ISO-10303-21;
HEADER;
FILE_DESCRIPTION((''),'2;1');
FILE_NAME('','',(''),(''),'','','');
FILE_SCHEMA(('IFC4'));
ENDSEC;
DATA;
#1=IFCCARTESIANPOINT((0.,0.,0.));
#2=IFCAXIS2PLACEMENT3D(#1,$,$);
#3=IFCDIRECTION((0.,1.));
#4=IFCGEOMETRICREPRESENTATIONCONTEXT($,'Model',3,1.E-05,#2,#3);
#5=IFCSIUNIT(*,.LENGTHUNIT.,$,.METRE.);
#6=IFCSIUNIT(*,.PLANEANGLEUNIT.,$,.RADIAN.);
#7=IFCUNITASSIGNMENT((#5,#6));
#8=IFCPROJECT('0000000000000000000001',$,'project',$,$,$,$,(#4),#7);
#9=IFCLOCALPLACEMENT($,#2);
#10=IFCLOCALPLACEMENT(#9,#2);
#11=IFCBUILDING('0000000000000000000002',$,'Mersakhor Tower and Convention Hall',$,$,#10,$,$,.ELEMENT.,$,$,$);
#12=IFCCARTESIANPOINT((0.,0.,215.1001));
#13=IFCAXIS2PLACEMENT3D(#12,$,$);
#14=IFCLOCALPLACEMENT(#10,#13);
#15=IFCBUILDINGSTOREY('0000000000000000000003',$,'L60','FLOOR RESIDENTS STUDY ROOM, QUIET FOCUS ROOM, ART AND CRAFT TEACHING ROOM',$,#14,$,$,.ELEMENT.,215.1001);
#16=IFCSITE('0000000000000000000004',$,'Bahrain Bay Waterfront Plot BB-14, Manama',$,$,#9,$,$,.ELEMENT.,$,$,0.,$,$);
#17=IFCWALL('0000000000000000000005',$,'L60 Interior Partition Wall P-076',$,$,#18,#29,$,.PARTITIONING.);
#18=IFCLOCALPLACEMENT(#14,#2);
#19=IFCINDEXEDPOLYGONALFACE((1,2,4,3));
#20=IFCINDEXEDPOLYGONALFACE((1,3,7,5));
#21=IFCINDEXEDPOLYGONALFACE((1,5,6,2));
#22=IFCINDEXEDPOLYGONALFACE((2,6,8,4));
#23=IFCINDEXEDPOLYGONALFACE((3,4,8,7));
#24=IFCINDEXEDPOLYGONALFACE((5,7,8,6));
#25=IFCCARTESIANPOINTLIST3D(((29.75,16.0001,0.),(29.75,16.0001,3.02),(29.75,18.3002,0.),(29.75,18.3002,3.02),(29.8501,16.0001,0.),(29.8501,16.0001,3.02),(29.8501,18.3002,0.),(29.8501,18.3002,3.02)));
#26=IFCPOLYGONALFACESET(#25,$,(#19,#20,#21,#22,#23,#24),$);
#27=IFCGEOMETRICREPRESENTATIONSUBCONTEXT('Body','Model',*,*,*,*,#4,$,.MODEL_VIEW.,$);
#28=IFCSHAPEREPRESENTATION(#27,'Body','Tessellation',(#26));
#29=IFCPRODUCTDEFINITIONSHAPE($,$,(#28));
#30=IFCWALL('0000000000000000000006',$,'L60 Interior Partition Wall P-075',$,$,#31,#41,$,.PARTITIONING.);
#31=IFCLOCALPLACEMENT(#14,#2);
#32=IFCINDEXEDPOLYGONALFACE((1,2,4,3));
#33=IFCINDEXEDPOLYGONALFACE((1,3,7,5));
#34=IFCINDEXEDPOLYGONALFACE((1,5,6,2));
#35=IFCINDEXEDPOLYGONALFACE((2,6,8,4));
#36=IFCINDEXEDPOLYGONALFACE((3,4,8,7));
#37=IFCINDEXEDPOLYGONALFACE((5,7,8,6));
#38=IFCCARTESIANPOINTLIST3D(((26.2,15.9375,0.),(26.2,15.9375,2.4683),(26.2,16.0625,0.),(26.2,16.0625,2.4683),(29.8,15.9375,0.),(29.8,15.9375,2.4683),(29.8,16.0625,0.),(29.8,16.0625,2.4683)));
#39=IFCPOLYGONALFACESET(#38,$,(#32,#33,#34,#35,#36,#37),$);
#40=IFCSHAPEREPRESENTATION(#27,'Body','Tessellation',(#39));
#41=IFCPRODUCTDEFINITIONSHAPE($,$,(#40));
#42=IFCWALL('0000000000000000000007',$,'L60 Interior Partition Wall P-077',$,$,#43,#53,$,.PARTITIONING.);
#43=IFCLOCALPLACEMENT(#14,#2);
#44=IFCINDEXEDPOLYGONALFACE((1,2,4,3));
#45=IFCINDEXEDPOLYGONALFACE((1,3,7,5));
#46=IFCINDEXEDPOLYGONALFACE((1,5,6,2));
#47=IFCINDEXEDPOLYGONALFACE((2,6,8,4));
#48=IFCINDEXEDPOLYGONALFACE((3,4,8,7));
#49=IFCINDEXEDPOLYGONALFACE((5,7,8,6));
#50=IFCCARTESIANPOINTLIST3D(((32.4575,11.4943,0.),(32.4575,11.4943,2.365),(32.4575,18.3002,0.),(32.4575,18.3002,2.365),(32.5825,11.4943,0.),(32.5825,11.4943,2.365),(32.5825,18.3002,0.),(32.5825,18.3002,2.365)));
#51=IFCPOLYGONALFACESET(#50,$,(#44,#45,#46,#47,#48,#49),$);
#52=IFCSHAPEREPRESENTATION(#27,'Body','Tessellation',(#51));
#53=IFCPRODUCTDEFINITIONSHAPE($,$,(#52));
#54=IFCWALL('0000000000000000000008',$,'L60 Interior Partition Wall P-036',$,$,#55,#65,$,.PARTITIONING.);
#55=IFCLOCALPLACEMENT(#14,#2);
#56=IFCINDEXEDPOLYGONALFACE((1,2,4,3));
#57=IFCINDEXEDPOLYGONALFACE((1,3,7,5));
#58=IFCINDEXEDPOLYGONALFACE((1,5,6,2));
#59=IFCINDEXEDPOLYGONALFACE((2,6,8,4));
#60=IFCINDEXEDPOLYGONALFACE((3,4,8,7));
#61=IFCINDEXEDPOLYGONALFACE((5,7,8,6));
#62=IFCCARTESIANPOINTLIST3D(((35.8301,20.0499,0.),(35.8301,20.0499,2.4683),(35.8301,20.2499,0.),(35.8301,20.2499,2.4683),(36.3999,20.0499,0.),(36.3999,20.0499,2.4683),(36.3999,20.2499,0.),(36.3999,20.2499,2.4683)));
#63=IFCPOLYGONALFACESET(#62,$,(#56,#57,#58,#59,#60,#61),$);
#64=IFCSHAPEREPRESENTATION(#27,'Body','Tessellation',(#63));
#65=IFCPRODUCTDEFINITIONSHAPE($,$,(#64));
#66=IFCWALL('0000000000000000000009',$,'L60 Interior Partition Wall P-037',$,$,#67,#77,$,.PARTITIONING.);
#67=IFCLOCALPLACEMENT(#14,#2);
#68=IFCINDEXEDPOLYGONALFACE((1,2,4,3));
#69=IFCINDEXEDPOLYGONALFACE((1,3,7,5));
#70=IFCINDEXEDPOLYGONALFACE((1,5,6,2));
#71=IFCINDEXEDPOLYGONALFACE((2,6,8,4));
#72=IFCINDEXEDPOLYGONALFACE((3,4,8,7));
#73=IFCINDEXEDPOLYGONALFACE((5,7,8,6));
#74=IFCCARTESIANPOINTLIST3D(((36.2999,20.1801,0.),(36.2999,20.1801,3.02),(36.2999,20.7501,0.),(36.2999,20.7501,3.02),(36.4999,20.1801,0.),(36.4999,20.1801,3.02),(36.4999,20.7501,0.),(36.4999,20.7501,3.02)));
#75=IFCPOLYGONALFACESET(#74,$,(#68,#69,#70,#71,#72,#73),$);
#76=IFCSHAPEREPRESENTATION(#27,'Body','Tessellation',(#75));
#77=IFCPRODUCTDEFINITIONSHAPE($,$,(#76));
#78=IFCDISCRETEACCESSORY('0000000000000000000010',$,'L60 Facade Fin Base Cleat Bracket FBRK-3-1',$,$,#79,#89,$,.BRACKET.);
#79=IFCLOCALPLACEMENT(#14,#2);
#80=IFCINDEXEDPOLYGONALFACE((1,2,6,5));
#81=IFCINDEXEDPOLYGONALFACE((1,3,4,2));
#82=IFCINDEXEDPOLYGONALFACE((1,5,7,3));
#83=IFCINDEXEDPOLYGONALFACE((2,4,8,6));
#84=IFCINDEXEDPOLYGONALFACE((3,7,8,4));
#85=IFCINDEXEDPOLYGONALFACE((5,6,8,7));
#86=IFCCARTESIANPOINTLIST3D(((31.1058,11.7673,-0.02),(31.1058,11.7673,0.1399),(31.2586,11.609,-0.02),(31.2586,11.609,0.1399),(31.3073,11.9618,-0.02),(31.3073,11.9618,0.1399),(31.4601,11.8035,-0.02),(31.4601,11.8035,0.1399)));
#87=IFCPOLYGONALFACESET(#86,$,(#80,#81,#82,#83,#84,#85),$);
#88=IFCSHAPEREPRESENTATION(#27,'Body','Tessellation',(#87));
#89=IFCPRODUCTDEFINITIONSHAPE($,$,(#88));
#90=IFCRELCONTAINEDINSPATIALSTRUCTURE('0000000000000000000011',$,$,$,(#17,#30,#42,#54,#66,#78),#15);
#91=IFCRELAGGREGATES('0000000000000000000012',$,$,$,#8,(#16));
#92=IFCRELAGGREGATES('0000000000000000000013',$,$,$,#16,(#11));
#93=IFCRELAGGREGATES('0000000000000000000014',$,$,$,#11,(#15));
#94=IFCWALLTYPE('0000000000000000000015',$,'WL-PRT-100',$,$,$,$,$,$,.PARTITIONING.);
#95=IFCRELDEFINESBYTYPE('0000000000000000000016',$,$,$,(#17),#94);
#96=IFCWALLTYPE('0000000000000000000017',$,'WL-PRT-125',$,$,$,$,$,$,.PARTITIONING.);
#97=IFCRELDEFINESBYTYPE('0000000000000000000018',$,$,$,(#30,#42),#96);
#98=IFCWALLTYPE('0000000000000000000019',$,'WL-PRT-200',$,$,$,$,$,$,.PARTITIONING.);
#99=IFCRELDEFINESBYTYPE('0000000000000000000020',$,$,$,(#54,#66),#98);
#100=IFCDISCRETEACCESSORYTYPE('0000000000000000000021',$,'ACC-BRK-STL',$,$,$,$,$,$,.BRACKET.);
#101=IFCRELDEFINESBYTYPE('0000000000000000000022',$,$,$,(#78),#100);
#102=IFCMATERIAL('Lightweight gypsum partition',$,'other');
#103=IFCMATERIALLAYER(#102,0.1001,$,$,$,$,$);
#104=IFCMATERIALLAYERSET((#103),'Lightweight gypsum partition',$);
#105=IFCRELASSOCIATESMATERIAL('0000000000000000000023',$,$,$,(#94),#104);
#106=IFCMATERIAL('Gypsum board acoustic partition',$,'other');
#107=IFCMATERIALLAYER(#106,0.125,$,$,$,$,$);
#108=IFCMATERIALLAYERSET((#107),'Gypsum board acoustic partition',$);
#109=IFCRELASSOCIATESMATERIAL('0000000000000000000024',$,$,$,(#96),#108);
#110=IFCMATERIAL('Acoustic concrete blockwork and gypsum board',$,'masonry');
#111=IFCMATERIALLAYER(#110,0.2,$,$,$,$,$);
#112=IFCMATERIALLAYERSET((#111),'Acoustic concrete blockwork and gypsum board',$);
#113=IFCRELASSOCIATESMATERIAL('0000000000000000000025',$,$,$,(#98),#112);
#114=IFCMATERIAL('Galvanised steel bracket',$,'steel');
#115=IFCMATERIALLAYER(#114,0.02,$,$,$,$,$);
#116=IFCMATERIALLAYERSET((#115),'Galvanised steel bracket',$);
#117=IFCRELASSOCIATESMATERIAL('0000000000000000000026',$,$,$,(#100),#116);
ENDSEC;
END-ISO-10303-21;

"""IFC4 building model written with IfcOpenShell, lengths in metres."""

from ifc_helpers import new_model, si_unit, direction, frame, frame_2d, origin, origin_2d, place, context, subcontext, project, spatial, rectangle, extrude, material, layer, layer_set, type_object, element, save


model = new_model("IFC4")

# Units and contexts
model_context = context("Model", 3, precision=1e-05, world=origin(), true_north=direction((0.0, 1.0)))
body_context = subcontext(model_context, "Body", "Model", "MODEL_VIEW")
ifc_project = project(units=[si_unit("LENGTHUNIT", "METRE"), si_unit("PLANEANGLEUNIT", "RADIAN")], contexts=[model_context])

# Site, building, storey
site_placement = place(None, origin())
site = spatial("IfcSite", under=ifc_project, at=site_placement, Name="Bahrain Bay Waterfront Plot BB-14, Manama", CompositionType="ELEMENT", RefElevation=0.0)
building_placement = place(site_placement, origin())
building = spatial("IfcBuilding", under=site, at=building_placement, Name="Mersakhor Tower and Convention Hall", CompositionType="ELEMENT")
storey_placement = place(building_placement, frame((0.0, 0.0, 215.1001)))
storey = spatial("IfcBuildingStorey", under=building, at=storey_placement, Name="L60", Description="FLOOR RESIDENTS STUDY ROOM, QUIET FOCUS ROOM, ART AND CRAFT TEACHING ROOM", CompositionType="ELEMENT", Elevation=215.1001)

# Walls
ifc_material_1 = material(Name="Lightweight gypsum partition", Category="other")
ifc_layer_1 = layer(ifc_material_1, 0.1001)
ifc_layer_set_1 = layer_set([ifc_layer_1], Name="Lightweight gypsum partition")
wall_type_1 = type_object("IfcWallType", Name="WL-PRT-100", PredefinedType="PARTITIONING", material=ifc_layer_set_1)
wall_1_placement = place(storey_placement, frame((29.8, 18.3, 0.0), z_axis=(0.0, 0.0, 1.0), x_axis=(0.0, -1.0, 0.0)))
element("IfcWall", 1, at=wall_1_placement, inside=storey, type_object=wall_type_1, Name="L60 Interior Partition Wall P-076", PredefinedType="PARTITIONING", context=body_context, shape_type="SweptSolid", body=[
    extrude(rectangle(XDim=2.3, YDim=0.1001, at=frame_2d((1.1499, 0.0))), origin(), (0.0, 0.0, 1.0), 3.02),
])
ifc_material_2 = material(Name="Gypsum board acoustic partition", Category="other")
ifc_layer_2 = layer(ifc_material_2, 0.125)
ifc_layer_set_2 = layer_set([ifc_layer_2], Name="Gypsum board acoustic partition")
wall_type_2 = type_object("IfcWallType", Name="WL-PRT-125", PredefinedType="PARTITIONING", material=ifc_layer_set_2)
wall_2_placement = place(storey_placement, frame((29.8, 16.0, 0.0), z_axis=(0.0, 0.0, 1.0), x_axis=(-1.0, 0.0, 0.0)))
element("IfcWall", 2, at=wall_2_placement, inside=storey, type_object=wall_type_2, Name="L60 Interior Partition Wall P-075", PredefinedType="PARTITIONING", context=body_context, shape_type="SweptSolid", body=[
    extrude(rectangle(XDim=3.6001, YDim=0.125, at=frame_2d((1.8, 0.0))), origin(), (0.0, 0.0, 1.0), 2.4683),
])
wall_3_placement = place(storey_placement, frame((32.52, 18.3, 0.0), z_axis=(0.0, 0.0, 1.0), x_axis=(0.0, -1.0, 0.0)))
element("IfcWall", 3, at=wall_3_placement, inside=storey, type_object=wall_type_2, Name="L60 Interior Partition Wall P-077", PredefinedType="PARTITIONING", context=body_context, shape_type="SweptSolid", body=[
    extrude(rectangle(XDim=6.8059, YDim=0.125, at=frame_2d((3.4028, 0.0))), origin(), (0.0, 0.0, 1.0), 2.365),
])
ifc_material_3 = material(Name="Acoustic concrete blockwork and gypsum board", Category="masonry")
ifc_layer_3 = layer(ifc_material_3, 0.2)
ifc_layer_set_3 = layer_set([ifc_layer_3], Name="Acoustic concrete blockwork and gypsum board")
wall_type_3 = type_object("IfcWallType", Name="WL-PRT-200", PredefinedType="PARTITIONING", material=ifc_layer_set_3)
wall_4_placement = place(storey_placement, frame((35.8301, 20.1499, 0.0), z_axis=(0.0, 0.0, 1.0), x_axis=(1.0, 0.0, 0.0)))
element("IfcWall", 4, at=wall_4_placement, inside=storey, type_object=wall_type_3, Name="L60 Interior Partition Wall P-036", PredefinedType="PARTITIONING", context=body_context, shape_type="SweptSolid", body=[
    extrude(rectangle(XDim=0.5698, YDim=0.2, at=frame_2d((0.2849, 0.0))), origin(), (0.0, 0.0, 1.0), 2.4683),
])
wall_5_placement = place(storey_placement, frame((36.3999, 20.1799, 0.0), z_axis=(0.0, 0.0, 1.0), x_axis=(0.0, 1.0, 0.0)))
element("IfcWall", 5, at=wall_5_placement, inside=storey, type_object=wall_type_3, Name="L60 Interior Partition Wall P-037", PredefinedType="PARTITIONING", context=body_context, shape_type="SweptSolid", body=[
    extrude(rectangle(XDim=0.5701, YDim=0.2, at=frame_2d((0.2852, 0.0))), origin(), (0.0, 0.0, 1.0), 3.02),
])

# Discrete accessory
ifc_material_4 = material(Name="Galvanised steel bracket", Category="steel")
ifc_layer_4 = layer(ifc_material_4, 0.02)
ifc_layer_set_4 = layer_set([ifc_layer_4], Name="Galvanised steel bracket")
discrete_accessory_type = type_object("IfcDiscreteAccessoryType", Name="ACC-BRK-STL", PredefinedType="BRACKET", material=ifc_layer_set_4)
discrete_accessory_placement = place(storey_placement, frame((31.283, 11.7854, -0.02), z_axis=(0.0, 0.0, 1.0), x_axis=(-0.71934, -0.694658, 0.0)))
element("IfcDiscreteAccessory", 6, at=discrete_accessory_placement, inside=storey, type_object=discrete_accessory_type, Name="L60 Facade Fin Base Cleat Bracket FBRK-3-1", PredefinedType="BRACKET", context=body_context, shape_type="SweptSolid", body=[
    extrude(rectangle(XDim=0.28, YDim=0.22, at=origin_2d()), origin(), (0.0, 0.0, 1.0), 0.1599),
])

save(model, "model.ifc")
